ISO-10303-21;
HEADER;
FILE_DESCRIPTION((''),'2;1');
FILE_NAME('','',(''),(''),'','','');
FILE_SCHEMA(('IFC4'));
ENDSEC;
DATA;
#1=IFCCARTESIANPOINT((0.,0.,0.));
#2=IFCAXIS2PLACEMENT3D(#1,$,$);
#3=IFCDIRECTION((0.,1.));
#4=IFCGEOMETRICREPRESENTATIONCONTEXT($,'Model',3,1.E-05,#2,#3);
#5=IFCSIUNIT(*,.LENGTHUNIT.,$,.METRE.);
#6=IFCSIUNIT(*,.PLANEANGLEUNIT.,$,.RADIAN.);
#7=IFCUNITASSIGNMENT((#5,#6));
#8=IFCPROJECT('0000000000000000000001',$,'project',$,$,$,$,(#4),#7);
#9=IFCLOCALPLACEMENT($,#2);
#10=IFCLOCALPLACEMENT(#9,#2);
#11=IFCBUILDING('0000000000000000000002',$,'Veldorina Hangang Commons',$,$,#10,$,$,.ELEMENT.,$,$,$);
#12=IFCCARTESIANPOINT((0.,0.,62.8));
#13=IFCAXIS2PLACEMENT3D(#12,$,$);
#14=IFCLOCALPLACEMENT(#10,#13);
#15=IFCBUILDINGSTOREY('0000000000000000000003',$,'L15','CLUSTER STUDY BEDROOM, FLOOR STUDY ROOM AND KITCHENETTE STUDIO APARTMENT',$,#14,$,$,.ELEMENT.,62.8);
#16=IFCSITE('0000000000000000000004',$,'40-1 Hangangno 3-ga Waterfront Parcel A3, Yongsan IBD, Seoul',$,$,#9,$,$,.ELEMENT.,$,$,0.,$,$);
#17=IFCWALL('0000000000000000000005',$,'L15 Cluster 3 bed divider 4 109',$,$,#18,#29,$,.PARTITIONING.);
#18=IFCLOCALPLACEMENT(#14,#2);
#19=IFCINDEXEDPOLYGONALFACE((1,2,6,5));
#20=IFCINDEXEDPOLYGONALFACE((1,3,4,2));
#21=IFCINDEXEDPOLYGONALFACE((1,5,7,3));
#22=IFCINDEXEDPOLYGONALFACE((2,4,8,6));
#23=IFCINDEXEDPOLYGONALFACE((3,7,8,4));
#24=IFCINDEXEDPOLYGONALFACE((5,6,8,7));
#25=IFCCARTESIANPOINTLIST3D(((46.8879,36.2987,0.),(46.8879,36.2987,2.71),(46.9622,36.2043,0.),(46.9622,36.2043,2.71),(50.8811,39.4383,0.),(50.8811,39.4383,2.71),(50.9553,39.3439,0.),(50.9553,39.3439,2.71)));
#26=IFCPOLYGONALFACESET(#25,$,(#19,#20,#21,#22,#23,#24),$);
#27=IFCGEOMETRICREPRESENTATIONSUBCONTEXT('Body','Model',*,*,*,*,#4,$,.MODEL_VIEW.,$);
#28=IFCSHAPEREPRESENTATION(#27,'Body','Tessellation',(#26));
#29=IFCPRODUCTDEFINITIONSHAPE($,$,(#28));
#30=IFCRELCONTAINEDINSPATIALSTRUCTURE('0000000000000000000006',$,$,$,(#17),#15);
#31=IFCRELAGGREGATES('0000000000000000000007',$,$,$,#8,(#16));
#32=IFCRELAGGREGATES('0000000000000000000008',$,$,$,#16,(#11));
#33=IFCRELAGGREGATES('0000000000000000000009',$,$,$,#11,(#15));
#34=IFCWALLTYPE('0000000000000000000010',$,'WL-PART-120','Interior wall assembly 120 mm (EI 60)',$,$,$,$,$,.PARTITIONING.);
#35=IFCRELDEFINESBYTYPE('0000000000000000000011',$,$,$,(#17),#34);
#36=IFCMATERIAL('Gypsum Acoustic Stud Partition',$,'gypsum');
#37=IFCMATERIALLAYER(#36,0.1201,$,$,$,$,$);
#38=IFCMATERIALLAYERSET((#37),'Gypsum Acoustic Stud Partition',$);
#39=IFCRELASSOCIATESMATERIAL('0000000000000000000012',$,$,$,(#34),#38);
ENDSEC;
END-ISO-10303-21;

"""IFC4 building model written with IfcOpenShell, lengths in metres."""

from ifc_helpers import new_model, si_unit, direction, frame, frame_2d, origin, place, context, subcontext, project, spatial, rectangle, extrude, material, layer, layer_set, type_object, element, save


model = new_model("IFC4")

# Units and contexts
model_context = context("Model", 3, precision=1e-05, world=origin(), true_north=direction((0.0, 1.0)))
body_context = subcontext(model_context, "Body", "Model", "MODEL_VIEW")
ifc_project = project(units=[si_unit("LENGTHUNIT", "METRE"), si_unit("PLANEANGLEUNIT", "RADIAN")], contexts=[model_context])

# Site, building, storey
site_placement = place(None, origin())
site = spatial("IfcSite", under=ifc_project, at=site_placement, Name="40-1 Hangangno 3-ga Waterfront Parcel A3, Yongsan IBD, Seoul", CompositionType="ELEMENT", RefElevation=0.0)
building_placement = place(site_placement, origin())
building = spatial("IfcBuilding", under=site, at=building_placement, Name="Veldorina Hangang Commons", CompositionType="ELEMENT")
storey_placement = place(building_placement, frame((0.0, 0.0, 62.8)))
storey = spatial("IfcBuildingStorey", under=building, at=storey_placement, Name="L15", Description="CLUSTER STUDY BEDROOM, FLOOR STUDY ROOM AND KITCHENETTE STUDIO APARTMENT", CompositionType="ELEMENT", Elevation=62.8)

# Shared definitions
ifc_material_1 = material(Name="Gypsum Acoustic Stud Partition", Category="gypsum")
ifc_layer_1 = layer(ifc_material_1, 0.1201)
ifc_layer_set_1 = layer_set([ifc_layer_1], Name="Gypsum Acoustic Stud Partition")
wall_type_1 = type_object("IfcWallType", Name="WL-PART-120", Description="Interior wall assembly 120 mm (EI 60)", PredefinedType="PARTITIONING", material=ifc_layer_set_1)

# Wall
wall_1_placement = place(storey_placement, frame((46.925, 36.2515, 0.0), z_axis=(0.0, 0.0, 1.0), x_axis=(0.786111, 0.618085, 0.0)))
element("IfcWall", 1, at=wall_1_placement, inside=storey, type_object=wall_type_1, Name="L15 Cluster 3 bed divider 4 109", PredefinedType="PARTITIONING", context=body_context, shape_type="SweptSolid", body=[
    extrude(rectangle(XDim=5.0796, YDim=0.1201, at=frame_2d((2.5398, 0.0))), origin(), (0.0, 0.0, 1.0), 2.71),
])

save(model, "model.ifc")
